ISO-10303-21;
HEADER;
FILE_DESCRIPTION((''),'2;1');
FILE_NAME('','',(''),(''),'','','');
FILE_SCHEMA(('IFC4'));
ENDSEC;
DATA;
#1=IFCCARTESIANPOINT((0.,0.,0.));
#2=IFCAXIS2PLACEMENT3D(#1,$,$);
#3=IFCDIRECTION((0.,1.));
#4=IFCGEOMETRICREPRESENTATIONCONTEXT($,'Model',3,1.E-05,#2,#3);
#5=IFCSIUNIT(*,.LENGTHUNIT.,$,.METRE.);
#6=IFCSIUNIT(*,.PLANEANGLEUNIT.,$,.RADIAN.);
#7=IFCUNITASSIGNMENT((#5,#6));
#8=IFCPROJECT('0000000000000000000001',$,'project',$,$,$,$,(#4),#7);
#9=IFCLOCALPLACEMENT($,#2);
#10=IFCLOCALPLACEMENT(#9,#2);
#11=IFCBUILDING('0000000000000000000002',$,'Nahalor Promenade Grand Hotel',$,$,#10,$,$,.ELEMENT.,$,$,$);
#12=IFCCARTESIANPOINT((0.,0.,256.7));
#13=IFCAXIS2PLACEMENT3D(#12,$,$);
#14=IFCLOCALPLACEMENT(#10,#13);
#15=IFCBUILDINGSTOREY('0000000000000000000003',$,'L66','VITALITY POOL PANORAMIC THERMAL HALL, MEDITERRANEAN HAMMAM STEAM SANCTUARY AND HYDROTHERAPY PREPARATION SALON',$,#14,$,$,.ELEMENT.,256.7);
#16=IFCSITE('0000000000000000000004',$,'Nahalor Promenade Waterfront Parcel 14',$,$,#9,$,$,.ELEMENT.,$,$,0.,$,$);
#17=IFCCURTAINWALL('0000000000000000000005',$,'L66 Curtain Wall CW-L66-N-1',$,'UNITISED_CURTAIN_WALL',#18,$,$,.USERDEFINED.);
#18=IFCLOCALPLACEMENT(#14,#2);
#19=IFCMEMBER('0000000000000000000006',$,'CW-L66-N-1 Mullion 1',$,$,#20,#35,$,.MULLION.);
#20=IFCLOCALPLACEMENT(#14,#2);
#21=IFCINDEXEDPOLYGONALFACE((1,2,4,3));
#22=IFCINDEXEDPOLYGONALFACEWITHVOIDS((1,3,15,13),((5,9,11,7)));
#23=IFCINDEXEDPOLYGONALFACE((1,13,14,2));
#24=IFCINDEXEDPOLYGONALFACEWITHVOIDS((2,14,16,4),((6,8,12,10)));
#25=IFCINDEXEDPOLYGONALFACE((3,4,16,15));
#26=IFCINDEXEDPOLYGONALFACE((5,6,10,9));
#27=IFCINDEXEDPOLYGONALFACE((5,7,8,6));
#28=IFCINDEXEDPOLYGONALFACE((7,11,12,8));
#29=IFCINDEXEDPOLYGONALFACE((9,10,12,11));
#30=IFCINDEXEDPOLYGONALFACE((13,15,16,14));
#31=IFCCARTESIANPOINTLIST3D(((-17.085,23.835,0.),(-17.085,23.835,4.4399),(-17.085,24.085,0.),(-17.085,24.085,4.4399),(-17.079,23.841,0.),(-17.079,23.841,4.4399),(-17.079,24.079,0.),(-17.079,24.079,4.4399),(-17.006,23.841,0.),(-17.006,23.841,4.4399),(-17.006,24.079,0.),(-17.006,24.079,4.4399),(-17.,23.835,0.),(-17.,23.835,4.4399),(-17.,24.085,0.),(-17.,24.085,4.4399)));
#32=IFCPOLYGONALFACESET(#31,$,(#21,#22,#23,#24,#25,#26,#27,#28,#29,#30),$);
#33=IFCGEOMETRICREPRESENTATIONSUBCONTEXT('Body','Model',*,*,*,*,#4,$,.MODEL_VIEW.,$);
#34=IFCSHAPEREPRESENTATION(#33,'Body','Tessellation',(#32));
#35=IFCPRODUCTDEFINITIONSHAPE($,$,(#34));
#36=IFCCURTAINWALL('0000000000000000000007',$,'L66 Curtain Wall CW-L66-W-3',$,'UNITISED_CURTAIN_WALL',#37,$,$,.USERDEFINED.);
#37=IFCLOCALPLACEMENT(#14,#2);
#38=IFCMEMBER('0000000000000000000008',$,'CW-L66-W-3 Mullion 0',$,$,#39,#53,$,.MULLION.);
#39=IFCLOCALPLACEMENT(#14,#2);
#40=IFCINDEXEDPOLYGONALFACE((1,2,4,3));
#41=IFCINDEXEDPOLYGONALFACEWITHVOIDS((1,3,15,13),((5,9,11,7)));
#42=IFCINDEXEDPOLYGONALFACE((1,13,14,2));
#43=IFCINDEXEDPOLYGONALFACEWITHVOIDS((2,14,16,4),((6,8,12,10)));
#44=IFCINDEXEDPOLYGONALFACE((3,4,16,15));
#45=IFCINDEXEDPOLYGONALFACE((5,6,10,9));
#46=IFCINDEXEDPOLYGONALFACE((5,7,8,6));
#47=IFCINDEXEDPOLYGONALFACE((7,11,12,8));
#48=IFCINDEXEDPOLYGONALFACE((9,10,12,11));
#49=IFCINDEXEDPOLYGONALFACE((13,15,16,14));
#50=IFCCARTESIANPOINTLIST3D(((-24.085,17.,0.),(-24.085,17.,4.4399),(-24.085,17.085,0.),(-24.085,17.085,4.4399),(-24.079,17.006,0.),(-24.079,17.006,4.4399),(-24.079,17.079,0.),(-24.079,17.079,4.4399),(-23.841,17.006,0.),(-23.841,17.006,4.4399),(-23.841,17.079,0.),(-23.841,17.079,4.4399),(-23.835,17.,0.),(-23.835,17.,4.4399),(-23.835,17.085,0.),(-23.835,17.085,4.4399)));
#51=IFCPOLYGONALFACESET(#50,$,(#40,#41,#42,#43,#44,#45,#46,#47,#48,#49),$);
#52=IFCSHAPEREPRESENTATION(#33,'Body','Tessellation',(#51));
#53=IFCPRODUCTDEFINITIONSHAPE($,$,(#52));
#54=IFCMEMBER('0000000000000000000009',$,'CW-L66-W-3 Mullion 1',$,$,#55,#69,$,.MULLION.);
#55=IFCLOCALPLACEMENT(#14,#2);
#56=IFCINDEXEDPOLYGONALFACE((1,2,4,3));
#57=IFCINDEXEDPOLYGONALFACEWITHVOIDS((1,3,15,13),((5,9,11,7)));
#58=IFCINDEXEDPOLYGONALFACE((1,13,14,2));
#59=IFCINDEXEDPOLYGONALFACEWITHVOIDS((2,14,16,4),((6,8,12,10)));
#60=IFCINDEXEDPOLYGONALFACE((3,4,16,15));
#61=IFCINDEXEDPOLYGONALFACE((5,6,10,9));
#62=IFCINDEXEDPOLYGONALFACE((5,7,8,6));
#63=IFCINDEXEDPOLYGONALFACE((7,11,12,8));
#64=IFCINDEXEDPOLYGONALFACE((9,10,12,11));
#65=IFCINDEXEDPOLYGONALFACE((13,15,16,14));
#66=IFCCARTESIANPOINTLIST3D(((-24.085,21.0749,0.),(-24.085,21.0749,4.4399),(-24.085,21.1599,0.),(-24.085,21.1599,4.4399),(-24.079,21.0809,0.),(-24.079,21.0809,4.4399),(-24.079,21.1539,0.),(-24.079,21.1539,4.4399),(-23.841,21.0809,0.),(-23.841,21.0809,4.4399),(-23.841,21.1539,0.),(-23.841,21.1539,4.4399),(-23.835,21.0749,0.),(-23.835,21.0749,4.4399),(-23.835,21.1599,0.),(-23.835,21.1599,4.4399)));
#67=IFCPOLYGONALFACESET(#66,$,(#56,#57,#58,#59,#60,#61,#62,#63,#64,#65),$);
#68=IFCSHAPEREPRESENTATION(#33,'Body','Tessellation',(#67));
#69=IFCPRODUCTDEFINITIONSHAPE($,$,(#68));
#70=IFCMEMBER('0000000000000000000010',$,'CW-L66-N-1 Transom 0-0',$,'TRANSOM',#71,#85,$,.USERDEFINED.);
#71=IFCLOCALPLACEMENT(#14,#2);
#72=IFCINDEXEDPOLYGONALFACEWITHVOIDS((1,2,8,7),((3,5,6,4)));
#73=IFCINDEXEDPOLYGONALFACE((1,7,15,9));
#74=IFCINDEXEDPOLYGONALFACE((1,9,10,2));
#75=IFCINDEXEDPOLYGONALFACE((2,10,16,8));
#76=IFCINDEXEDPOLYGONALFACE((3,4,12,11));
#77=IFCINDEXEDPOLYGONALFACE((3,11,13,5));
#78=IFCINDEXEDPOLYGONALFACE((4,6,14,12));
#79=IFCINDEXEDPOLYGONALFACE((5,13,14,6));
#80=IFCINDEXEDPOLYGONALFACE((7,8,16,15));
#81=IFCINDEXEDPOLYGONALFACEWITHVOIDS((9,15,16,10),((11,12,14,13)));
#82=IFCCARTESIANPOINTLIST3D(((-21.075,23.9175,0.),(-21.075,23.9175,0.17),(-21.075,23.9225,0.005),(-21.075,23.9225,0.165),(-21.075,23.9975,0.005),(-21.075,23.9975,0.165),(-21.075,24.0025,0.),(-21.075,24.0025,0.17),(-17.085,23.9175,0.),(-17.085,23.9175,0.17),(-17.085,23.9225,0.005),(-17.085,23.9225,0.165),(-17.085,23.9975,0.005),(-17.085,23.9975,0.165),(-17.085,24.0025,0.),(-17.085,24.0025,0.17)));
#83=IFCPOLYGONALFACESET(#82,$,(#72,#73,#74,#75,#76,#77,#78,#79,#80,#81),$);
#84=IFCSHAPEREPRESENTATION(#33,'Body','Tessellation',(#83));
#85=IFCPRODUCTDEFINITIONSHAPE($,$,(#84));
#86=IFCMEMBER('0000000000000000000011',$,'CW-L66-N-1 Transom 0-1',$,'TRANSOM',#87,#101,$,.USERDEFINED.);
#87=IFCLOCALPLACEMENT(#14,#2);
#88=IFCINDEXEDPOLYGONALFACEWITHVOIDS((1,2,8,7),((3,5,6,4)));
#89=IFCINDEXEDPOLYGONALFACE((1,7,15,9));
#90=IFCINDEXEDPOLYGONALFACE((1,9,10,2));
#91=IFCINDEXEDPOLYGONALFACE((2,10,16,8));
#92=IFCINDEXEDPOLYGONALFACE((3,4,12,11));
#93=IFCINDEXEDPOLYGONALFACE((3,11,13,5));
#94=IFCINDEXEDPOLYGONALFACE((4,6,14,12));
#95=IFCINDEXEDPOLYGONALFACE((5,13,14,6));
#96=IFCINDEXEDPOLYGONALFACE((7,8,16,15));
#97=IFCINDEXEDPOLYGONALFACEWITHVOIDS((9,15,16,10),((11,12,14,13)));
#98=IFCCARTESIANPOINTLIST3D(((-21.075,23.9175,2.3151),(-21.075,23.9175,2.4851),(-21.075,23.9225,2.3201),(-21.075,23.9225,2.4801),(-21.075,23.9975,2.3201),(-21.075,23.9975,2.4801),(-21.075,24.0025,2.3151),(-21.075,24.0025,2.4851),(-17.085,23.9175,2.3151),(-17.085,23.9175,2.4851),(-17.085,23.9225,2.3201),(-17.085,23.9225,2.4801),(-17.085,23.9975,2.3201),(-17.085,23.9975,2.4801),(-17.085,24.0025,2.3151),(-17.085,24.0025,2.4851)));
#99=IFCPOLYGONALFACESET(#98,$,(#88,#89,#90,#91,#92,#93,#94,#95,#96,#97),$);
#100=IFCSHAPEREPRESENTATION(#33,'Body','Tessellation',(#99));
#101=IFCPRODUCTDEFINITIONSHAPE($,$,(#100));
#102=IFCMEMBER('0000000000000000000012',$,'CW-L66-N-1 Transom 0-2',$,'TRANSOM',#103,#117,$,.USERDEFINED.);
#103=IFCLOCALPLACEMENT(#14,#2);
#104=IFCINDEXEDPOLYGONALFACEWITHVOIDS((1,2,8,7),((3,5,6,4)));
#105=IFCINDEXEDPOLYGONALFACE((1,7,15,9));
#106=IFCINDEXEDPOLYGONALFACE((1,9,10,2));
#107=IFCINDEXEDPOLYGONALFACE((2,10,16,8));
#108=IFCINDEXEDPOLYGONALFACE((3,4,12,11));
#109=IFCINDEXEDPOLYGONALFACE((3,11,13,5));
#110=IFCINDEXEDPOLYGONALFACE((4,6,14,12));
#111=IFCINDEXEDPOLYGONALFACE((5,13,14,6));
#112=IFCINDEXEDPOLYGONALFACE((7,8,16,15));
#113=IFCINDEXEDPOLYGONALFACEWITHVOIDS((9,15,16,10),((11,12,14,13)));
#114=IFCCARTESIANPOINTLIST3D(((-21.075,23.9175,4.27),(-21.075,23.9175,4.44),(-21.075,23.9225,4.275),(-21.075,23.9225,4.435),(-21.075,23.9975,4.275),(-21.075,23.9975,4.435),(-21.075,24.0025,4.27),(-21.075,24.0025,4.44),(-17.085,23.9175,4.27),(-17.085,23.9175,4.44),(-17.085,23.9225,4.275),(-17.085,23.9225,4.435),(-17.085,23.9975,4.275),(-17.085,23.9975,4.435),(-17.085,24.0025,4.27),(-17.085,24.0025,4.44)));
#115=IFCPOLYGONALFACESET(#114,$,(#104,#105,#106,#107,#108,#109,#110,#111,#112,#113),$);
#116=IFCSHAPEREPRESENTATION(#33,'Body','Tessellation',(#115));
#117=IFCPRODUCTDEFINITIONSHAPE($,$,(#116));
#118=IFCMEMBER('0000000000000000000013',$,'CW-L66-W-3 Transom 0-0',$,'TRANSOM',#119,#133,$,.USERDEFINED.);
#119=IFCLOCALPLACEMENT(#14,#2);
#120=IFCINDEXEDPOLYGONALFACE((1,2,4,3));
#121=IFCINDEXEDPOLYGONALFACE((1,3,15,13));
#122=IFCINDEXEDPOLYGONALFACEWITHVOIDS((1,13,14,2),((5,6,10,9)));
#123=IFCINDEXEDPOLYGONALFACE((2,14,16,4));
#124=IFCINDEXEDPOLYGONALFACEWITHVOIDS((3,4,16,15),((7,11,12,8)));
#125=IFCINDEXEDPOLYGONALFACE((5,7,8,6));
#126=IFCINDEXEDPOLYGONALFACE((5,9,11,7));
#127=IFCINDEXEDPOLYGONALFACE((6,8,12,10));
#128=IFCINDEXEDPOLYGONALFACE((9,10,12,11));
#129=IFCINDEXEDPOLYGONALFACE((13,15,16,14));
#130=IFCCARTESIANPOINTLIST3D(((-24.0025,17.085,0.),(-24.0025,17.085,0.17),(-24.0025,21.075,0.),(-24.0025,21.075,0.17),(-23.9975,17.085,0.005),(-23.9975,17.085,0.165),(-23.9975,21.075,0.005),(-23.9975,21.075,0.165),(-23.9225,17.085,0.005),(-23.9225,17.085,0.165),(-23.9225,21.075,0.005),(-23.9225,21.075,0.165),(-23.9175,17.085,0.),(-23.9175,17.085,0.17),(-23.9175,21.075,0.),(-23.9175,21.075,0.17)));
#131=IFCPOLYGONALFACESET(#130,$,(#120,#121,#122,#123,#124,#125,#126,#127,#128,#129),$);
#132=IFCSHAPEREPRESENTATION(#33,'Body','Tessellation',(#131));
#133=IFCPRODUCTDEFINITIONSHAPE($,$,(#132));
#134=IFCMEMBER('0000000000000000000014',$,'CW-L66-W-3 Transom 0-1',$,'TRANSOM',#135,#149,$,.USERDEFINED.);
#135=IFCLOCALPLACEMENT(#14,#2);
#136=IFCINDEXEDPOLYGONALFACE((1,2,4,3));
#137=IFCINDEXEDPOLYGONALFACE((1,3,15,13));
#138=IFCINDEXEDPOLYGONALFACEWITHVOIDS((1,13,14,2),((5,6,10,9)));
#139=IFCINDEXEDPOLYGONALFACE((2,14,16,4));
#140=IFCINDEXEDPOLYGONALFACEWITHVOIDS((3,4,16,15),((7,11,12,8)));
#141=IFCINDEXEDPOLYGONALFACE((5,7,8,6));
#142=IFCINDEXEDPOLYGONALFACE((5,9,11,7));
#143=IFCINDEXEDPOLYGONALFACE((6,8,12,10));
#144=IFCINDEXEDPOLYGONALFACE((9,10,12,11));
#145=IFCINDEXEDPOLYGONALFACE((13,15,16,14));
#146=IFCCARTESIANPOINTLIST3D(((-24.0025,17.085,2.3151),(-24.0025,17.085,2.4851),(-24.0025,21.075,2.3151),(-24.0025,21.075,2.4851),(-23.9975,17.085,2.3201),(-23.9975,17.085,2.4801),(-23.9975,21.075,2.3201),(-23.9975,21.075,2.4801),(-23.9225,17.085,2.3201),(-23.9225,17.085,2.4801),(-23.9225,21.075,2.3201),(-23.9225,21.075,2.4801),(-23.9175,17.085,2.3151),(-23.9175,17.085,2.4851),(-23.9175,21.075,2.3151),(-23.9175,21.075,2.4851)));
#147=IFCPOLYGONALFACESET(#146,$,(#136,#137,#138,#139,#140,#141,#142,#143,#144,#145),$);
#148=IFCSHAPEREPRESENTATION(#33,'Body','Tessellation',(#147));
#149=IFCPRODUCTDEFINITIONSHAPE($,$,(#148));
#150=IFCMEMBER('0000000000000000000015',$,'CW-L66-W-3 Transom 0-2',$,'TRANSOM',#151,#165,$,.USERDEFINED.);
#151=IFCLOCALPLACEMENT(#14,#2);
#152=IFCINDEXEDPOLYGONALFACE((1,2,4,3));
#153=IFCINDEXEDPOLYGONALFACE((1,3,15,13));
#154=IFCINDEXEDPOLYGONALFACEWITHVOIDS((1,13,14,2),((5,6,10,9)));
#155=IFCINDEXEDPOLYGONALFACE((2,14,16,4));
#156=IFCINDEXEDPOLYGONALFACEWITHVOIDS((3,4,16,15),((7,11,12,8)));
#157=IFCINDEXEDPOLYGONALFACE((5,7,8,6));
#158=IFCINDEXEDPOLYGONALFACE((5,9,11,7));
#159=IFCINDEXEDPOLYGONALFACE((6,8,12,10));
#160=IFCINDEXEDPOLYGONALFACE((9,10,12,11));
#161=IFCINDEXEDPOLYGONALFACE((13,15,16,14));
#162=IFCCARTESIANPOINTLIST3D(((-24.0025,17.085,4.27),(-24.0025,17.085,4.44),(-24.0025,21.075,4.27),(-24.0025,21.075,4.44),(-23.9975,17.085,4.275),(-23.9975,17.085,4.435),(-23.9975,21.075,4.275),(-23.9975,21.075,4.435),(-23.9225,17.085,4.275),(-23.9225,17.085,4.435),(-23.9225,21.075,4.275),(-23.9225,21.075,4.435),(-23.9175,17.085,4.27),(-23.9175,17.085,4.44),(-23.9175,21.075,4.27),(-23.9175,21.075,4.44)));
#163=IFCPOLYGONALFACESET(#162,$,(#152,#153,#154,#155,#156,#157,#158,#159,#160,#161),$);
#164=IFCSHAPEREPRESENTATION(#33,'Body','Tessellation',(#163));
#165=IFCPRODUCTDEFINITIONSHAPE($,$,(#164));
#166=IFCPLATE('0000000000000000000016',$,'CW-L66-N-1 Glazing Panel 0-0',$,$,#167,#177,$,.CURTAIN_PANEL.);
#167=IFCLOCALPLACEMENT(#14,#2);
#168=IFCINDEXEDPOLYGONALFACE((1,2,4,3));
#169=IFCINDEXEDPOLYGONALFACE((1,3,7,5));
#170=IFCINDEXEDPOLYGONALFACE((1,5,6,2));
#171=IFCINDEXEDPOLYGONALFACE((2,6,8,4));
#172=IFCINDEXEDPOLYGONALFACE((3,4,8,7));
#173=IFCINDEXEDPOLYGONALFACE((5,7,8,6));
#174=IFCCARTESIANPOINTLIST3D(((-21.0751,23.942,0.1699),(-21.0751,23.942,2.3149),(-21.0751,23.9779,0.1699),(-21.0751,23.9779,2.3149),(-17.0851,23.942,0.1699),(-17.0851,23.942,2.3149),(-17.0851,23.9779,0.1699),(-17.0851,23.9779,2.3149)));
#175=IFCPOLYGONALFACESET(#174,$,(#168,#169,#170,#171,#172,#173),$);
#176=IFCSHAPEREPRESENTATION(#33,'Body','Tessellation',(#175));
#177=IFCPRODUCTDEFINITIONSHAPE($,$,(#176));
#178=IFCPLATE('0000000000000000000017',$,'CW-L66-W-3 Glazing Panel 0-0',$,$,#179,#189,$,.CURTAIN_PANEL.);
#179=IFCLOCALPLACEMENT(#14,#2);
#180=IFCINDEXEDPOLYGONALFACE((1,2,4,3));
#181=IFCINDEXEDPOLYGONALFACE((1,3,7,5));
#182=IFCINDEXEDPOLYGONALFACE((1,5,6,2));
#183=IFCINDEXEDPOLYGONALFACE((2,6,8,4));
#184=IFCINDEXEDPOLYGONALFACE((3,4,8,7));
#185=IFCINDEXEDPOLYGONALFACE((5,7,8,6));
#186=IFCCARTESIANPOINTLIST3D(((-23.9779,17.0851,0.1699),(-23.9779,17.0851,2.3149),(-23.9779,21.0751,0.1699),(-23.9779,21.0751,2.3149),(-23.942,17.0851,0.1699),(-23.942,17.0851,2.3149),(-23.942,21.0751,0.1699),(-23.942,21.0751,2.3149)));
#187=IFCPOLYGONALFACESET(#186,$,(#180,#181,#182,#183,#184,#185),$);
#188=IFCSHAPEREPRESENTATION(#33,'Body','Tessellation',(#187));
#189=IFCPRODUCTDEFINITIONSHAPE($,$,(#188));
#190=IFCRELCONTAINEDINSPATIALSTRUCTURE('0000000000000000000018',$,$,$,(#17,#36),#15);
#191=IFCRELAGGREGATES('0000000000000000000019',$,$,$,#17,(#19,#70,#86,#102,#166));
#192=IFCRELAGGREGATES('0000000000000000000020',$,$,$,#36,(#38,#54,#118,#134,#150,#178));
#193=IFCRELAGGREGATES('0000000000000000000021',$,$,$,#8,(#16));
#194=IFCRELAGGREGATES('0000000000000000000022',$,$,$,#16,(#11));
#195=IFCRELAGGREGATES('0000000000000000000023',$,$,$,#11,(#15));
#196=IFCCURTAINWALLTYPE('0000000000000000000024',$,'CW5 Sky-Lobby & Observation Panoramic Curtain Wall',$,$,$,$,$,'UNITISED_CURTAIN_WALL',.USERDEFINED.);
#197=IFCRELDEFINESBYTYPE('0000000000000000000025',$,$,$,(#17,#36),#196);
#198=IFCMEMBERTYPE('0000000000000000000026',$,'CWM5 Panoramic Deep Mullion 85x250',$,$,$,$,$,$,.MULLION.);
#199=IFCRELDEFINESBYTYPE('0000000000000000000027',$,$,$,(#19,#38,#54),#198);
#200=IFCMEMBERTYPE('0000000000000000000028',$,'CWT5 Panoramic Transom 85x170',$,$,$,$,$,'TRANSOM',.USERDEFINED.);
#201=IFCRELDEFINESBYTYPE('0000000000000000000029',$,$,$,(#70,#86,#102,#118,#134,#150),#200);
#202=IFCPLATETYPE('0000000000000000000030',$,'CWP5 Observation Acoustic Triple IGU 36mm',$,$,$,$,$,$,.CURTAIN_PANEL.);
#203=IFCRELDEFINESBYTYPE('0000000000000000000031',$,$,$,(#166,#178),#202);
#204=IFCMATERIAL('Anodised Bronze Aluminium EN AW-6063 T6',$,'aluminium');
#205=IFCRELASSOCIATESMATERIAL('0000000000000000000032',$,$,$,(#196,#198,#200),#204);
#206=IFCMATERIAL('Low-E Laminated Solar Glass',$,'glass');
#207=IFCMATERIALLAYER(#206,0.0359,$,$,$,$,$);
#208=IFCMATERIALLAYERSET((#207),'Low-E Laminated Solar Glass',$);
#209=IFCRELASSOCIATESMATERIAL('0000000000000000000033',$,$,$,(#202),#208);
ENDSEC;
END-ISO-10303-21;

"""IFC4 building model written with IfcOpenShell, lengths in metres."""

from ifc_helpers import new_model, si_unit, direction, frame, origin, origin_2d, place, context, subcontext, project, spatial, rectangle, hollow_rectangle, extrude, source, transform, mapped, material, layer, layer_set, material_profile, profile_set, type_object, element, aggregate, save


model = new_model("IFC4")

# Units and contexts
model_context = context("Model", 3, precision=1e-05, world=origin(), true_north=direction((0.0, 1.0)))
body_context = subcontext(model_context, "Body", "Model", "MODEL_VIEW")
ifc_project = project(units=[si_unit("LENGTHUNIT", "METRE"), si_unit("PLANEANGLEUNIT", "RADIAN")], contexts=[model_context])

# Site, building, storey
site_placement = place(None, origin())
site = spatial("IfcSite", under=ifc_project, at=site_placement, Name="Nahalor Promenade Waterfront Parcel 14", CompositionType="ELEMENT", RefElevation=0.0)
building_placement = place(site_placement, origin())
building = spatial("IfcBuilding", under=site, at=building_placement, Name="Nahalor Promenade Grand Hotel", CompositionType="ELEMENT")
storey_placement = place(building_placement, frame((0.0, 0.0, 256.7)))
storey = spatial("IfcBuildingStorey", under=building, at=storey_placement, Name="L66", Description="VITALITY POOL PANORAMIC THERMAL HALL, MEDITERRANEAN HAMMAM STEAM SANCTUARY AND HYDROTHERAPY PREPARATION SALON", CompositionType="ELEMENT", Elevation=256.7)

# Curtain walls, members
ifc_material_1 = material(Name="Anodised Bronze Aluminium EN AW-6063 T6", Category="aluminium")
curtain_wall_type = type_object("IfcCurtainWallType", Name="CW5 Sky-Lobby & Observation Panoramic Curtain Wall", ElementType="UNITISED_CURTAIN_WALL", PredefinedType="USERDEFINED", material=ifc_material_1)
curtain_wall_1_placement = place(storey_placement, origin())
curtain_wall_1 = element("IfcCurtainWall", 1, at=curtain_wall_1_placement, inside=storey, type_object=curtain_wall_type, Name="L66 Curtain Wall CW-L66-N-1", ObjectType="UNITISED_CURTAIN_WALL", PredefinedType="USERDEFINED")
ifc_material_profile_1 = material_profile(ifc_material_1, hollow_rectangle(XDim=0.085, YDim=0.25, WallThickness=0.006, at=origin_2d()), Name="CWM 85x250x6")
ifc_profile_set_1 = profile_set([ifc_material_profile_1], Name="Anodised Bronze Aluminium EN AW-6063 T6")
member_type_1 = type_object("IfcMemberType", Name="CWM5 Panoramic Deep Mullion 85x250", PredefinedType="MULLION", material=ifc_profile_set_1)
shared_shape_1 = source(origin(), body_context, "Body", "SweptSolid", [
    extrude(hollow_rectangle(XDim=0.085, YDim=0.25, WallThickness=0.006, at=origin_2d()), origin(), (0.0, 0.0, 1.0), 4.4399),
])
member_1_placement = place(storey_placement, frame((-17.0425, 23.96, 0.0), z_axis=(0.0, 0.0, 1.0), x_axis=(1.0, 0.0, 0.0)))
member_1 = element("IfcMember", 2, at=member_1_placement, type_object=member_type_1, Name="CW-L66-N-1 Mullion 1", PredefinedType="MULLION", context=body_context, shape_type="MappedRepresentation", body=[
    mapped(shared_shape_1, transform((0.0, 0.0, 0.0), scale=1.0)),
])
curtain_wall_2_placement = place(storey_placement, origin())
curtain_wall_2 = element("IfcCurtainWall", 3, at=curtain_wall_2_placement, inside=storey, type_object=curtain_wall_type, Name="L66 Curtain Wall CW-L66-W-3", ObjectType="UNITISED_CURTAIN_WALL", PredefinedType="USERDEFINED")
member_2_placement = place(storey_placement, frame((-23.96, 17.0425, 0.0), z_axis=(0.0, 0.0, 1.0), x_axis=(0.0, 1.0, 0.0)))
member_2 = element("IfcMember", 4, at=member_2_placement, type_object=member_type_1, Name="CW-L66-W-3 Mullion 0", PredefinedType="MULLION", context=body_context, shape_type="MappedRepresentation", body=[
    mapped(shared_shape_1, transform((0.0, 0.0, 0.0), scale=1.0)),
])
member_3_placement = place(storey_placement, frame((-23.96, 21.1174, 0.0), z_axis=(0.0, 0.0, 1.0), x_axis=(0.0, 1.0, 0.0)))
member_3 = element("IfcMember", 5, at=member_3_placement, type_object=member_type_1, Name="CW-L66-W-3 Mullion 1", PredefinedType="MULLION", context=body_context, shape_type="MappedRepresentation", body=[
    mapped(shared_shape_1, transform((0.0, 0.0, 0.0), scale=1.0)),
])

# Members
ifc_material_profile_2 = material_profile(ifc_material_1, hollow_rectangle(XDim=0.085, YDim=0.17, WallThickness=0.005, at=origin_2d()), Name="CWT 85x170x5")
ifc_profile_set_2 = profile_set([ifc_material_profile_2], Name="Anodised Bronze Aluminium EN AW-6063 T6")
member_type_2 = type_object("IfcMemberType", Name="CWT5 Panoramic Transom 85x170", ElementType="TRANSOM", PredefinedType="USERDEFINED", material=ifc_profile_set_2)
shared_shape_2 = source(origin(), body_context, "Body", "SweptSolid", [
    extrude(hollow_rectangle(XDim=0.085, YDim=0.17, WallThickness=0.005, at=origin_2d()), origin(), (0.0, 0.0, 1.0), 3.99),
])
member_4_placement = place(storey_placement, frame((-21.075, 23.96, 0.085), z_axis=(1.0, 0.0, 0.0), x_axis=(0.0, 1.0, 0.0)))
member_4 = element("IfcMember", 6, at=member_4_placement, type_object=member_type_2, Name="CW-L66-N-1 Transom 0-0", ObjectType="TRANSOM", PredefinedType="USERDEFINED", context=body_context, shape_type="MappedRepresentation", body=[
    mapped(shared_shape_2, transform((0.0, 0.0, 0.0), scale=1.0)),
])
member_5_placement = place(storey_placement, frame((-21.075, 23.96, 2.4001), z_axis=(1.0, 0.0, 0.0), x_axis=(0.0, 1.0, 0.0)))
member_5 = element("IfcMember", 7, at=member_5_placement, type_object=member_type_2, Name="CW-L66-N-1 Transom 0-1", ObjectType="TRANSOM", PredefinedType="USERDEFINED", context=body_context, shape_type="MappedRepresentation", body=[
    mapped(shared_shape_2, transform((0.0, 0.0, 0.0), scale=1.0)),
])
member_6_placement = place(storey_placement, frame((-21.075, 23.96, 4.355), z_axis=(1.0, 0.0, 0.0), x_axis=(0.0, 1.0, 0.0)))
member_6 = element("IfcMember", 8, at=member_6_placement, type_object=member_type_2, Name="CW-L66-N-1 Transom 0-2", ObjectType="TRANSOM", PredefinedType="USERDEFINED", context=body_context, shape_type="MappedRepresentation", body=[
    mapped(shared_shape_2, transform((0.0, 0.0, 0.0), scale=1.0)),
])
member_7_placement = place(storey_placement, frame((-23.96, 17.085, 0.085), z_axis=(0.0, 1.0, 0.0), x_axis=(-1.0, 0.0, 0.0)))
member_7 = element("IfcMember", 9, at=member_7_placement, type_object=member_type_2, Name="CW-L66-W-3 Transom 0-0", ObjectType="TRANSOM", PredefinedType="USERDEFINED", context=body_context, shape_type="MappedRepresentation", body=[
    mapped(shared_shape_2, transform((0.0, 0.0, 0.0), scale=1.0)),
])
member_8_placement = place(storey_placement, frame((-23.96, 17.085, 2.4001), z_axis=(0.0, 1.0, 0.0), x_axis=(-1.0, 0.0, 0.0)))
member_8 = element("IfcMember", 10, at=member_8_placement, type_object=member_type_2, Name="CW-L66-W-3 Transom 0-1", ObjectType="TRANSOM", PredefinedType="USERDEFINED", context=body_context, shape_type="MappedRepresentation", body=[
    mapped(shared_shape_2, transform((0.0, 0.0, 0.0), scale=1.0)),
])
member_9_placement = place(storey_placement, frame((-23.96, 17.085, 4.355), z_axis=(0.0, 1.0, 0.0), x_axis=(-1.0, 0.0, 0.0)))
member_9 = element("IfcMember", 11, at=member_9_placement, type_object=member_type_2, Name="CW-L66-W-3 Transom 0-2", ObjectType="TRANSOM", PredefinedType="USERDEFINED", context=body_context, shape_type="MappedRepresentation", body=[
    mapped(shared_shape_2, transform((0.0, 0.0, 0.0), scale=1.0)),
])

# Plates
ifc_material_2 = material(Name="Low-E Laminated Solar Glass", Category="glass")
ifc_layer_1 = layer(ifc_material_2, 0.0359)
ifc_layer_set_1 = layer_set([ifc_layer_1], Name="Low-E Laminated Solar Glass")
plate_type = type_object("IfcPlateType", Name="CWP5 Observation Acoustic Triple IGU 36mm", PredefinedType="CURTAIN_PANEL", material=ifc_layer_set_1)
shared_shape_3 = source(origin(), body_context, "Body", "SweptSolid", [
    extrude(rectangle(XDim=3.99, YDim=0.0359, at=origin_2d()), origin(), (0.0, 0.0, 1.0), 2.145),
])
plate_1_placement = place(storey_placement, frame((-19.0801, 23.96, 0.1699), z_axis=(0.0, 0.0, 1.0), x_axis=(1.0, 0.0, 0.0)))
plate_1 = element("IfcPlate", 12, at=plate_1_placement, type_object=plate_type, Name="CW-L66-N-1 Glazing Panel 0-0", PredefinedType="CURTAIN_PANEL", context=body_context, shape_type="MappedRepresentation", body=[
    mapped(shared_shape_3, transform((0.0, 0.0, 0.0), scale=1.0)),
])
plate_2_placement = place(storey_placement, frame((-23.96, 19.0801, 0.1699), z_axis=(0.0, 0.0, 1.0), x_axis=(0.0, 1.0, 0.0)))
plate_2 = element("IfcPlate", 13, at=plate_2_placement, type_object=plate_type, Name="CW-L66-W-3 Glazing Panel 0-0", PredefinedType="CURTAIN_PANEL", context=body_context, shape_type="MappedRepresentation", body=[
    mapped(shared_shape_3, transform((0.0, 0.0, 0.0), scale=1.0)),
])
aggregate(curtain_wall_1, [member_1, member_4, member_5, member_6, plate_1])
aggregate(curtain_wall_2, [member_2, member_3, member_7, member_8, member_9, plate_2])

save(model, "model.ifc")
